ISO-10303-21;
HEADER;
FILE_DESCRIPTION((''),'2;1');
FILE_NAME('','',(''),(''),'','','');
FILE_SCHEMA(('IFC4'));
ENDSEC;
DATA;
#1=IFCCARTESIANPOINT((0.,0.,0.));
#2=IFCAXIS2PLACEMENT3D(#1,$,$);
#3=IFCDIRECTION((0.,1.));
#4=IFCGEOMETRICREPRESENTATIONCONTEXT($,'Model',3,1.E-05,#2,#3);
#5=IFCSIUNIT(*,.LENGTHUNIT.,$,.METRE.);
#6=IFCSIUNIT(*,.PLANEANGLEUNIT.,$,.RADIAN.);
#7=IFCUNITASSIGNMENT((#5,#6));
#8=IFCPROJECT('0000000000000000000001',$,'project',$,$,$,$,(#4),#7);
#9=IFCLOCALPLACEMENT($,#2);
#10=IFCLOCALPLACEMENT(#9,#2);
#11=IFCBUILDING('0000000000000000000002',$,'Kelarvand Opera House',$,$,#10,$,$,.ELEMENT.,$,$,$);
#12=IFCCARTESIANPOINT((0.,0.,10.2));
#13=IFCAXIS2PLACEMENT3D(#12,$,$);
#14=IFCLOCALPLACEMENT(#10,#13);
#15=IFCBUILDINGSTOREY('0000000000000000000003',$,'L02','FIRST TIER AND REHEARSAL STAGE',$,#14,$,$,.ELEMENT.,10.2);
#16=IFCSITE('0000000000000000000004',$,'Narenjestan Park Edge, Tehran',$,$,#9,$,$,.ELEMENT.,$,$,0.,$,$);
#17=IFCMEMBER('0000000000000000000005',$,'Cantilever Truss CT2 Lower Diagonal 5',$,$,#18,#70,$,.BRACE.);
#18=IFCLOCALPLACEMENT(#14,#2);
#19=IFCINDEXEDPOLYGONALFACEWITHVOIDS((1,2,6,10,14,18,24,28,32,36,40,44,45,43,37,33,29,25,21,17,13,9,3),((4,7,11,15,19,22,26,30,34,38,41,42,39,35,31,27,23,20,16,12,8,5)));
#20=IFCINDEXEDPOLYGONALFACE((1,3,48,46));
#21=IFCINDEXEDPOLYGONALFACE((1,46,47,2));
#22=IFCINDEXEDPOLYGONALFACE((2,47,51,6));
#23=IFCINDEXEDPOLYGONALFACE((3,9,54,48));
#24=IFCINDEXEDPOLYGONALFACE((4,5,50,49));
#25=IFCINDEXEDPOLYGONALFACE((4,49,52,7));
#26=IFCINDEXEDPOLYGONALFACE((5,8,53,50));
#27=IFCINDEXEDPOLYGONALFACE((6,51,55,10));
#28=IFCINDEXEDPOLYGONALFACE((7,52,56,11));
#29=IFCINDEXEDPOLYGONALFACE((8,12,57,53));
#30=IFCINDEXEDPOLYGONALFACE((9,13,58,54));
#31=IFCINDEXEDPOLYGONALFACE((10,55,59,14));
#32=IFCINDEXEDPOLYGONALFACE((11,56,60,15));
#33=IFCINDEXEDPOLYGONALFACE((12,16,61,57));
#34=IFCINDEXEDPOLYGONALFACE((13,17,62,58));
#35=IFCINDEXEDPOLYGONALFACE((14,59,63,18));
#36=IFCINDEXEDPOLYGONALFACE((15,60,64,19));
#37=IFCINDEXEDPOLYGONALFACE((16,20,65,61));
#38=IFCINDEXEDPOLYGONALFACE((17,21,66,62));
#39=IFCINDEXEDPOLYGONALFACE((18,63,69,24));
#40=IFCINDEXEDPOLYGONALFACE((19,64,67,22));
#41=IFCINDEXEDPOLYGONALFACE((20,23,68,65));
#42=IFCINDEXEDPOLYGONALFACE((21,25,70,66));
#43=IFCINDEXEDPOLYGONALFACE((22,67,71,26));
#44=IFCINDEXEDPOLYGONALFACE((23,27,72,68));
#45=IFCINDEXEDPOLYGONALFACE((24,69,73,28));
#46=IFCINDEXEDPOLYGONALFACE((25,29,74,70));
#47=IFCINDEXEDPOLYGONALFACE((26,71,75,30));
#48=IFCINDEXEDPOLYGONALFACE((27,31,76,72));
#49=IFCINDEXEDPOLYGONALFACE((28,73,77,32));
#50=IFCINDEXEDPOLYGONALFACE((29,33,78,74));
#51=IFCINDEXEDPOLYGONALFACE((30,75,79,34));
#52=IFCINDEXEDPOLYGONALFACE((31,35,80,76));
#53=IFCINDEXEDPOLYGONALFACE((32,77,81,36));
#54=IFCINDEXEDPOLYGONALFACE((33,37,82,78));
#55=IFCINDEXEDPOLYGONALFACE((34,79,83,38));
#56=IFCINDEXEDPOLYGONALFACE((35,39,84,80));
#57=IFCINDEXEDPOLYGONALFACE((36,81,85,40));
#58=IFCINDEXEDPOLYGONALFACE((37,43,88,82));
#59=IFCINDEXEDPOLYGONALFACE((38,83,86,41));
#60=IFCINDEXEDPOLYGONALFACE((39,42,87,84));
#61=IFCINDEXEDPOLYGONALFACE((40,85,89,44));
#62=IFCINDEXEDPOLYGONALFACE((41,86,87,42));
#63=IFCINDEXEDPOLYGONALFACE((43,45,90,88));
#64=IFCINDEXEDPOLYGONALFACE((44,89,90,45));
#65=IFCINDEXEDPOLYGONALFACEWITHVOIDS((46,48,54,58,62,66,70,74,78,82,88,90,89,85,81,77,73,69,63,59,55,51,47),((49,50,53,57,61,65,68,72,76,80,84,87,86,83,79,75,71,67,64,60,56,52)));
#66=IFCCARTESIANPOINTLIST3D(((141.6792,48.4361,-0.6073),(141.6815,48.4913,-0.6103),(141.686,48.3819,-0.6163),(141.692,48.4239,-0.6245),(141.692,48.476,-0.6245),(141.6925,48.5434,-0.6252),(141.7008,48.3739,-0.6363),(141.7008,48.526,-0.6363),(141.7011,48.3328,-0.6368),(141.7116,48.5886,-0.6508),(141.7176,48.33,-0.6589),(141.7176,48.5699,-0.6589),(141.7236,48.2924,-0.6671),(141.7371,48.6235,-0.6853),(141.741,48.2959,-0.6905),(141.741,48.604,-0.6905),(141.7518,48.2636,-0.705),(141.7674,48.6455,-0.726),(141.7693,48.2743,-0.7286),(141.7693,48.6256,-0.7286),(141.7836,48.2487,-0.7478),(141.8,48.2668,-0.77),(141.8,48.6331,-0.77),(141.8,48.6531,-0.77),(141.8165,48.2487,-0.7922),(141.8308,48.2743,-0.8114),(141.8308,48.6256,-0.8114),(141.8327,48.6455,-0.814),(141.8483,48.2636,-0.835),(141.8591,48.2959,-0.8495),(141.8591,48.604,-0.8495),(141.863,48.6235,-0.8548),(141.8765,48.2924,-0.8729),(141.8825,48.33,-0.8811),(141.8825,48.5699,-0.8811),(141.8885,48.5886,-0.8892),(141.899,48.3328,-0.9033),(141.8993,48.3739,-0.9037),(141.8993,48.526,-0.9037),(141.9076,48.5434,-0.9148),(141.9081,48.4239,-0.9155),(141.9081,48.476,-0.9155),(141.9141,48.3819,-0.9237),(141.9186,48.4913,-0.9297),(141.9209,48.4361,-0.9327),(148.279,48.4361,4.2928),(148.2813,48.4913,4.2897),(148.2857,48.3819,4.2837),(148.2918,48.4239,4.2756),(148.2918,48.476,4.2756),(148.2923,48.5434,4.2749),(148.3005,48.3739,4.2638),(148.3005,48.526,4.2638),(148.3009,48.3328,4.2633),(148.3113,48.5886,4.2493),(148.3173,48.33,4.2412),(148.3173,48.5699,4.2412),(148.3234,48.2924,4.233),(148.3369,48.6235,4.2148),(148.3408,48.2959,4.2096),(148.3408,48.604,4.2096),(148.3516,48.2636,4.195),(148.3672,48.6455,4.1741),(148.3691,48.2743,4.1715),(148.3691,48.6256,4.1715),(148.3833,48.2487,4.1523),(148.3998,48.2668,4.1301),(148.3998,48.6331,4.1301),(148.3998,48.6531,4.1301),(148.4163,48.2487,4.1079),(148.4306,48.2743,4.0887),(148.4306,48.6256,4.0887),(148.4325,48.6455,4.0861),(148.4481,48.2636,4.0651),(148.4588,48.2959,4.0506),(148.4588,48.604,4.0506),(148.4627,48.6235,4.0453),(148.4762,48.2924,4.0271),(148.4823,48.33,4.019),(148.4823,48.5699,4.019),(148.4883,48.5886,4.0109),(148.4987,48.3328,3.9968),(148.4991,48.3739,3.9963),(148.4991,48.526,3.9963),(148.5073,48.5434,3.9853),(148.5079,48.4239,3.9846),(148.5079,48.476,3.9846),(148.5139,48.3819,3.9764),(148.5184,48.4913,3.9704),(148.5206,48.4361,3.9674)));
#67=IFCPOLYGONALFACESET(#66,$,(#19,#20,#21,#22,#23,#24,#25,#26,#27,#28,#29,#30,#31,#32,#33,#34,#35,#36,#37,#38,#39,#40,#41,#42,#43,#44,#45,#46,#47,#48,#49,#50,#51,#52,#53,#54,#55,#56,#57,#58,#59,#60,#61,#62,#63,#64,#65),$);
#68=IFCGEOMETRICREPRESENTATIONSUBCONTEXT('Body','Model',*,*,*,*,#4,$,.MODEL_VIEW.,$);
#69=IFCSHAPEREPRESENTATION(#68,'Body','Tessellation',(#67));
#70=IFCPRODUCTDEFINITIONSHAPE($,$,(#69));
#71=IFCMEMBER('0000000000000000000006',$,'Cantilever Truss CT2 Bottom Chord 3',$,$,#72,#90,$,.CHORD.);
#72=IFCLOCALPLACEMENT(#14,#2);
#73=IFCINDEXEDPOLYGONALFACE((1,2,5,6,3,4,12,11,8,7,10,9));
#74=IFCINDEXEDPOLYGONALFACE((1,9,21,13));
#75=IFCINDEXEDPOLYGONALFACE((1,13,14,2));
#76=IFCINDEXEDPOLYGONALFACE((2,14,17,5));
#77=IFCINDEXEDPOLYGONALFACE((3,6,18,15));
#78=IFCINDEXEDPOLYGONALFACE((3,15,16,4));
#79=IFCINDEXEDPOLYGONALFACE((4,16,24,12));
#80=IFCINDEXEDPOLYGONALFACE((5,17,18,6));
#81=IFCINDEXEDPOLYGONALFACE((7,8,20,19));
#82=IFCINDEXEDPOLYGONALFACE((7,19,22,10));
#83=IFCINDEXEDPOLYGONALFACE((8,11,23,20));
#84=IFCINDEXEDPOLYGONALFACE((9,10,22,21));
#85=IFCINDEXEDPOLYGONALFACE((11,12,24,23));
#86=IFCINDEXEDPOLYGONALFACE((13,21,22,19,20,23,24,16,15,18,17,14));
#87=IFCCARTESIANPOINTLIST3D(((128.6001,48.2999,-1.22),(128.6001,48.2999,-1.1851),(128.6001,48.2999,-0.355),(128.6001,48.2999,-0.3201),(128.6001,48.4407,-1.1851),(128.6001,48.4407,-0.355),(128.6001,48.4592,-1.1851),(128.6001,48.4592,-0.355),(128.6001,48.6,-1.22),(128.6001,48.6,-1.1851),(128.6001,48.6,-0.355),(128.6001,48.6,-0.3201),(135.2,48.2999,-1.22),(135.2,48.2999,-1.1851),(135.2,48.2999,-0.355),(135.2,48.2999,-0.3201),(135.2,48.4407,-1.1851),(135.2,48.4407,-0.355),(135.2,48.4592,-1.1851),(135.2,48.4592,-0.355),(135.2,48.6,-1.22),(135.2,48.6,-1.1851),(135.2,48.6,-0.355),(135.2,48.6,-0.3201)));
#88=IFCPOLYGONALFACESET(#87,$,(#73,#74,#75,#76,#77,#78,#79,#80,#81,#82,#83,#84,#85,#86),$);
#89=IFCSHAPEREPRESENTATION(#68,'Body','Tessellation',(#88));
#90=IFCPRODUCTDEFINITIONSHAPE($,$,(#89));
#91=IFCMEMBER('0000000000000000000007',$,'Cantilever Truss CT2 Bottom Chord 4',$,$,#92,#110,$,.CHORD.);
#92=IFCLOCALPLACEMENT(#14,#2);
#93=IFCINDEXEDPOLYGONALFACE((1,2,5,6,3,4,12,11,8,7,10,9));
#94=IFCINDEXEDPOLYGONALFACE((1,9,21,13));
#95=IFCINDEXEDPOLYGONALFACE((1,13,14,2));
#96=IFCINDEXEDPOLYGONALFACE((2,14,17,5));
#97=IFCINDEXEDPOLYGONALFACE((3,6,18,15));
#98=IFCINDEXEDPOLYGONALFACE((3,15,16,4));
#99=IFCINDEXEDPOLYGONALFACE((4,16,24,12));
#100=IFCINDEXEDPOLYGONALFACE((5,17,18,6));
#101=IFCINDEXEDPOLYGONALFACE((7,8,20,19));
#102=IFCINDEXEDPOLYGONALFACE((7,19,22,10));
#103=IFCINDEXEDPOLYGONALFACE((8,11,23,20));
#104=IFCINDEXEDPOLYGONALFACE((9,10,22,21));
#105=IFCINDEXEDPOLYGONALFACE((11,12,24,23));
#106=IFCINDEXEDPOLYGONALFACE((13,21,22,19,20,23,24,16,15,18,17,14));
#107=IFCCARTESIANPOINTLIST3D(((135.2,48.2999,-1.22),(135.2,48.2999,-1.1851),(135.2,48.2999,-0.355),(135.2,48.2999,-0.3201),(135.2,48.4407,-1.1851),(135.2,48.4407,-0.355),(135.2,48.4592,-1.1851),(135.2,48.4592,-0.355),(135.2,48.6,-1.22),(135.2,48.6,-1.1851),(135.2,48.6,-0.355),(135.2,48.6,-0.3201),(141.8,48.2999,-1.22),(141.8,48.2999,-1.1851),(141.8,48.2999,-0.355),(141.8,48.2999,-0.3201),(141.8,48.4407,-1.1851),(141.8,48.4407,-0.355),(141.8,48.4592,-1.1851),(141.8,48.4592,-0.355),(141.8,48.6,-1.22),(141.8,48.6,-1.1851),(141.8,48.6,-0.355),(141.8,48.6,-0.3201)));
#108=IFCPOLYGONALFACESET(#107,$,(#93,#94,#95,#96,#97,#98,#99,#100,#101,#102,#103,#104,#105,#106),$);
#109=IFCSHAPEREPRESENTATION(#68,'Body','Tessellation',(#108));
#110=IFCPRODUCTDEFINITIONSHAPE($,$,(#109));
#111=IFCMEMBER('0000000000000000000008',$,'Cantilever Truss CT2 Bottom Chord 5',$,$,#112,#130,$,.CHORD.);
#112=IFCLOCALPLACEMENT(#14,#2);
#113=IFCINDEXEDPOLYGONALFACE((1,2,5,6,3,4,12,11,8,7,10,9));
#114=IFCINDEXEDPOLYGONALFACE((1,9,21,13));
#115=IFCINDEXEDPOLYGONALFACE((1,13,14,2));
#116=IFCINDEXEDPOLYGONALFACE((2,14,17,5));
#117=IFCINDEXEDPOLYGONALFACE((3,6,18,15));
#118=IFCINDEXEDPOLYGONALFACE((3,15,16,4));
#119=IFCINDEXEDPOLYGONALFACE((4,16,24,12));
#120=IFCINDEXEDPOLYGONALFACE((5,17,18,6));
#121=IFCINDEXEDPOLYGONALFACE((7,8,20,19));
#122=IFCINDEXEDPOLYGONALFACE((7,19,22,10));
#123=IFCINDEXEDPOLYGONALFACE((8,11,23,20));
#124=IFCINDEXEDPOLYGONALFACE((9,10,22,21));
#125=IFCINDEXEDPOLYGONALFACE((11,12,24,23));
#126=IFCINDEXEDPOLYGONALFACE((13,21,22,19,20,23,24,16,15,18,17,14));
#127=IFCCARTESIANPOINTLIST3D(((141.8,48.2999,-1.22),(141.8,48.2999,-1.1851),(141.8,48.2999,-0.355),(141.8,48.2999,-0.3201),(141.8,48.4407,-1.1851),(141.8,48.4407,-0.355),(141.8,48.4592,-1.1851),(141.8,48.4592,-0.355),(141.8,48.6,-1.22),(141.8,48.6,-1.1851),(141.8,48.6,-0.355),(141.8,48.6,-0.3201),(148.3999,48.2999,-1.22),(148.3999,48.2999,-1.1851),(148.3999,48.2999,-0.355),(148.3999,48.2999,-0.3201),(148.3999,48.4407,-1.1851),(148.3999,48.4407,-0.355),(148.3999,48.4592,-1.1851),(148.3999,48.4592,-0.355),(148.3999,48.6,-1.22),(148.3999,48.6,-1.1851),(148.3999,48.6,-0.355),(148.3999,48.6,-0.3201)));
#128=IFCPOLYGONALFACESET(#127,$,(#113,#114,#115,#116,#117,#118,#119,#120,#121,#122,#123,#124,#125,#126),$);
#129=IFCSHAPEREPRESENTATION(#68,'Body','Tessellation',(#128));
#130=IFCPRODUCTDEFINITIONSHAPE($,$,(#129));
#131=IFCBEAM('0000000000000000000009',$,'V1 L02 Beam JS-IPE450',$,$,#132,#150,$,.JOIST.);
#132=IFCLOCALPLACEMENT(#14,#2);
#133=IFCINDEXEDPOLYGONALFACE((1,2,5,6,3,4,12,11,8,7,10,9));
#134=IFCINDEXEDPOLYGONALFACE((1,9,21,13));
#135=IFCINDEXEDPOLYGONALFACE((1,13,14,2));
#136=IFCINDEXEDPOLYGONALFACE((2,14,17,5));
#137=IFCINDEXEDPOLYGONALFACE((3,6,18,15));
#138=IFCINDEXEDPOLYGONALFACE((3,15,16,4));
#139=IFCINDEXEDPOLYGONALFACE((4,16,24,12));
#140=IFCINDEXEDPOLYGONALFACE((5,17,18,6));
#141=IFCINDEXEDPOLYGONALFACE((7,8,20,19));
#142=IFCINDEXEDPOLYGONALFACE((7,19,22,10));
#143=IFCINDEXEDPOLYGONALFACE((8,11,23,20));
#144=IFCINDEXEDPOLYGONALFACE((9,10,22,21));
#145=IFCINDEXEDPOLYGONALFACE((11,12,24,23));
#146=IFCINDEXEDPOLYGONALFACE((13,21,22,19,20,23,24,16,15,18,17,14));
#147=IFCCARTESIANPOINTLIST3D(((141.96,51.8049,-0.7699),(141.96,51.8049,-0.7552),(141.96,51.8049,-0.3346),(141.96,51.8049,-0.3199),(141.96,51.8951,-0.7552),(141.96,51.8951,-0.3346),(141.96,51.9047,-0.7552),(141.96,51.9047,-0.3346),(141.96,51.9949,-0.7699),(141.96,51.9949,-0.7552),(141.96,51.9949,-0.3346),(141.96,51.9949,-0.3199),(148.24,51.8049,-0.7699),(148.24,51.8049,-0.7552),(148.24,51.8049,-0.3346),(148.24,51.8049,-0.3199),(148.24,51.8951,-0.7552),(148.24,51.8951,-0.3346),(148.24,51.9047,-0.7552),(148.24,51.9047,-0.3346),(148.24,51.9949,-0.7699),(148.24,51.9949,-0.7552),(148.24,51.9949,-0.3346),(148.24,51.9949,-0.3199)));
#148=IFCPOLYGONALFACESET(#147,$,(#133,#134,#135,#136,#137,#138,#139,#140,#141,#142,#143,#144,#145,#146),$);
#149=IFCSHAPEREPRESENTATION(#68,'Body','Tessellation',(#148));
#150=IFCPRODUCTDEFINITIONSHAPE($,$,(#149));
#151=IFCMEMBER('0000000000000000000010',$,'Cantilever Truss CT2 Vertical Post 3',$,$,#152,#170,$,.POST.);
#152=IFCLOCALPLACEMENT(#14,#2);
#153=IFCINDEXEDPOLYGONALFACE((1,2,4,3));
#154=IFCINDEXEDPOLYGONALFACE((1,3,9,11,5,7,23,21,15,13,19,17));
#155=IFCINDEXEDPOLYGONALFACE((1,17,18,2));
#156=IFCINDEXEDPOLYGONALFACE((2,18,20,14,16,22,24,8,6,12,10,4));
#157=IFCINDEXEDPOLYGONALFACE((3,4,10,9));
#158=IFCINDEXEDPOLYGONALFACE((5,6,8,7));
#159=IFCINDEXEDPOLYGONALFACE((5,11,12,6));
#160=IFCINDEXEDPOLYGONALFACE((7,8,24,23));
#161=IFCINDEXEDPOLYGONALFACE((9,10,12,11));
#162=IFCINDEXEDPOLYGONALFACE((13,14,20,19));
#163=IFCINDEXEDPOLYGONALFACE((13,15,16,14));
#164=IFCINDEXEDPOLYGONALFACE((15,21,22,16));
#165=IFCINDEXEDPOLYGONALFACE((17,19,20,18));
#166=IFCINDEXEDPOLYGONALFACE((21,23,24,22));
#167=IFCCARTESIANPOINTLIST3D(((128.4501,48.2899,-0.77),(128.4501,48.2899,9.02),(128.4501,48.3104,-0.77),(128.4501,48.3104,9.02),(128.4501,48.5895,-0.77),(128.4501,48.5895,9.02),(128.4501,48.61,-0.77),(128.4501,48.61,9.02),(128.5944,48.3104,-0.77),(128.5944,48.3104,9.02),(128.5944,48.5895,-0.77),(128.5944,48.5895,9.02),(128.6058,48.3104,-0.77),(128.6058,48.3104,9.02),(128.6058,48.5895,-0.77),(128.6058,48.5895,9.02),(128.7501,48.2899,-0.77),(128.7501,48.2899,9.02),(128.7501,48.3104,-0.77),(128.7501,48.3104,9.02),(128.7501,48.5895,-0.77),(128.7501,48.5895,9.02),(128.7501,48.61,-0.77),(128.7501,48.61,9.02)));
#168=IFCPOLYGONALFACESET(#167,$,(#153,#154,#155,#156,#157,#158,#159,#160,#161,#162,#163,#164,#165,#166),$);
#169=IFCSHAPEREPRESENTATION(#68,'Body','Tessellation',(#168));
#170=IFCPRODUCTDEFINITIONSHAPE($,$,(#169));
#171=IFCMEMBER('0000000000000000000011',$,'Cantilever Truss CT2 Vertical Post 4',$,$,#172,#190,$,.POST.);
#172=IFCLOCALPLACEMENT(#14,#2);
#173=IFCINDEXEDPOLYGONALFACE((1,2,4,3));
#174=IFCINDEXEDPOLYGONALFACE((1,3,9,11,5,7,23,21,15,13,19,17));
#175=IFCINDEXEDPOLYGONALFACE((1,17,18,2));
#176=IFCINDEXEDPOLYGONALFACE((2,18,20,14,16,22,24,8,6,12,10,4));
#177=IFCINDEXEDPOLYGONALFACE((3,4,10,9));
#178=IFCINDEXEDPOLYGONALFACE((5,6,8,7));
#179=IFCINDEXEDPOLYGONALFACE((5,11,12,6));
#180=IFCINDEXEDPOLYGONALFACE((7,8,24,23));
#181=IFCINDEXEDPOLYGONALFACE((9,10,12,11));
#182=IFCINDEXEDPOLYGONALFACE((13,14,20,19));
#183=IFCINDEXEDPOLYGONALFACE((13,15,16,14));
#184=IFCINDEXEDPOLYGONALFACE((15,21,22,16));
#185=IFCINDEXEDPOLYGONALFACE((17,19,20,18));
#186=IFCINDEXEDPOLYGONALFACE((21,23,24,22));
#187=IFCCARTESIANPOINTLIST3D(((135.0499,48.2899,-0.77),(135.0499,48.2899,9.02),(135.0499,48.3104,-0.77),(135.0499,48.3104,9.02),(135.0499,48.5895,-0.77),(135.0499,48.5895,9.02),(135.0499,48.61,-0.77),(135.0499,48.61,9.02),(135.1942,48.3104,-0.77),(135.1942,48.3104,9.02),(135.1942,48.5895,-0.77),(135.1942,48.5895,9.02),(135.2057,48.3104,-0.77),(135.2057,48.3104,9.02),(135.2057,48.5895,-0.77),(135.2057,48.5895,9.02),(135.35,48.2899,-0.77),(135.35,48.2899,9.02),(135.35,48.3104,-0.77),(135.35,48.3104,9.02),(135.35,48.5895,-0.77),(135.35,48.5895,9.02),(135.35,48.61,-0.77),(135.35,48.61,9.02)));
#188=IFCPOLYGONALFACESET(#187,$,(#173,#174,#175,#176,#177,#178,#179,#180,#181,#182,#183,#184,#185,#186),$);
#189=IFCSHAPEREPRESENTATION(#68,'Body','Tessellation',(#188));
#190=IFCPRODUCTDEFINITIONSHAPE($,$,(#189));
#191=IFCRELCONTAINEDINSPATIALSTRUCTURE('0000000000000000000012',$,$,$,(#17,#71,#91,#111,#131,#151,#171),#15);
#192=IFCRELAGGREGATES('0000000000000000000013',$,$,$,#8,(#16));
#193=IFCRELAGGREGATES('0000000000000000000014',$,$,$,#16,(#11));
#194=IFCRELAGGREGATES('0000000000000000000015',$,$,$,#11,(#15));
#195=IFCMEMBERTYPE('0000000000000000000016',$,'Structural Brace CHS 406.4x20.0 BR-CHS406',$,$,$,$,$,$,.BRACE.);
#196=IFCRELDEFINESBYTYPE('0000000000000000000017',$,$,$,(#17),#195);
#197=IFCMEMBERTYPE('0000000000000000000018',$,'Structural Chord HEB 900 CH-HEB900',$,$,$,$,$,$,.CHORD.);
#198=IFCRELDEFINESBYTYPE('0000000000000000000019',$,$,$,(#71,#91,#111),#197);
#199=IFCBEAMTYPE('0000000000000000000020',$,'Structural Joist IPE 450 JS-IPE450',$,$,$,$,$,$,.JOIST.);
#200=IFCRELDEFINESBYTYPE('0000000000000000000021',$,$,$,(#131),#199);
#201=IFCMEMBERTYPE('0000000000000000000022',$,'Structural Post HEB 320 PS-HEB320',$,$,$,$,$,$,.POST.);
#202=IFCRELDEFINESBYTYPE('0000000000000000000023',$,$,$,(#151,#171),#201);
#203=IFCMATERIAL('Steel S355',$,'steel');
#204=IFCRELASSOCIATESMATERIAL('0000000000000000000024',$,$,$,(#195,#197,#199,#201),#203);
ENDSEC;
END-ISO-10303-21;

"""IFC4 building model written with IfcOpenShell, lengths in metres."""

from ifc_helpers import new_model, si_unit, direction, frame, origin, origin_2d, place, context, subcontext, project, spatial, hollow_circle, i_section, extrude, material, material_profile, profile_set, type_object, element, save


model = new_model("IFC4")

# Units and contexts
model_context = context("Model", 3, precision=1e-05, world=origin(), true_north=direction((0.0, 1.0)))
body_context = subcontext(model_context, "Body", "Model", "MODEL_VIEW")
ifc_project = project(units=[si_unit("LENGTHUNIT", "METRE"), si_unit("PLANEANGLEUNIT", "RADIAN")], contexts=[model_context])

# Site, building, storey
site_placement = place(None, origin())
site = spatial("IfcSite", under=ifc_project, at=site_placement, Name="Narenjestan Park Edge, Tehran", CompositionType="ELEMENT", RefElevation=0.0)
building_placement = place(site_placement, origin())
building = spatial("IfcBuilding", under=site, at=building_placement, Name="Kelarvand Opera House", CompositionType="ELEMENT")
storey_placement = place(building_placement, frame((0.0, 0.0, 10.2)))
storey = spatial("IfcBuildingStorey", under=building, at=storey_placement, Name="L02", Description="FIRST TIER AND REHEARSAL STAGE", CompositionType="ELEMENT", Elevation=10.2)

# Members
ifc_material_1 = material(Name="Steel S355", Category="steel")
ifc_material_profile_1 = material_profile(ifc_material_1, hollow_circle(Radius=0.2031, WallThickness=0.02, at=origin_2d()), Name="CHS 406.4x20.0", Category="steel")
ifc_profile_set_1 = profile_set([ifc_material_profile_1], Name="Steel S355")
member_type_1 = type_object("IfcMemberType", Name="Structural Brace CHS 406.4x20.0 BR-CHS406", PredefinedType="BRACE", material=ifc_profile_set_1)
member_1_placement = place(storey_placement, frame((141.8, 48.45, -0.77), z_axis=(0.802895, 0.0, 0.59612), x_axis=(0.0, 1.0, 0.0)))
element("IfcMember", 1, at=member_1_placement, inside=storey, type_object=member_type_1, Name="Cantilever Truss CT2 Lower Diagonal 5", PredefinedType="BRACE", context=body_context, shape_type="SweptSolid", body=[
    extrude(hollow_circle(Radius=0.2031, WallThickness=0.02, at=origin_2d()), origin(), (0.0, 0.0, 1.0), 8.22),
])
ifc_material_profile_2 = material_profile(ifc_material_1, i_section(OverallWidth=0.3, OverallDepth=0.8999, WebThickness=0.0186, FlangeThickness=0.0349, at=origin_2d()), Name="HEB 900", Category="steel")
ifc_profile_set_2 = profile_set([ifc_material_profile_2], Name="Steel S355")
member_type_2 = type_object("IfcMemberType", Name="Structural Chord HEB 900 CH-HEB900", PredefinedType="CHORD", material=ifc_profile_set_2)
member_2_placement = place(storey_placement, frame((128.6001, 48.45, -0.77), z_axis=(1.0, 0.0, 0.0), x_axis=(0.0, 1.0, 0.0)))
element("IfcMember", 2, at=member_2_placement, inside=storey, type_object=member_type_2, Name="Cantilever Truss CT2 Bottom Chord 3", PredefinedType="CHORD", context=body_context, shape_type="SweptSolid", body=[
    extrude(i_section(OverallWidth=0.3, OverallDepth=0.8999, WebThickness=0.0186, FlangeThickness=0.0349, at=origin_2d()), origin(), (0.0, 0.0, 1.0), 6.5999),
])
member_3_placement = place(storey_placement, frame((135.2, 48.45, -0.77), z_axis=(1.0, 0.0, 0.0), x_axis=(0.0, 1.0, 0.0)))
element("IfcMember", 3, at=member_3_placement, inside=storey, type_object=member_type_2, Name="Cantilever Truss CT2 Bottom Chord 4", PredefinedType="CHORD", context=body_context, shape_type="SweptSolid", body=[
    extrude(i_section(OverallWidth=0.3, OverallDepth=0.8999, WebThickness=0.0186, FlangeThickness=0.0349, at=origin_2d()), origin(), (0.0, 0.0, 1.0), 6.6001),
])
member_4_placement = place(storey_placement, frame((141.8, 48.45, -0.77), z_axis=(1.0, 0.0, 0.0), x_axis=(0.0, 1.0, 0.0)))
element("IfcMember", 4, at=member_4_placement, inside=storey, type_object=member_type_2, Name="Cantilever Truss CT2 Bottom Chord 5", PredefinedType="CHORD", context=body_context, shape_type="SweptSolid", body=[
    extrude(i_section(OverallWidth=0.3, OverallDepth=0.8999, WebThickness=0.0186, FlangeThickness=0.0349, at=origin_2d()), origin(), (0.0, 0.0, 1.0), 6.5999),
])

# Beam
ifc_material_profile_3 = material_profile(ifc_material_1, i_section(OverallWidth=0.1899, OverallDepth=0.45, WebThickness=0.0095, FlangeThickness=0.0146, at=origin_2d()), Name="IPE 450", Category="steel")
ifc_profile_set_3 = profile_set([ifc_material_profile_3], Name="Steel S355")
beam_type_1 = type_object("IfcBeamType", Name="Structural Joist IPE 450 JS-IPE450", PredefinedType="JOIST", material=ifc_profile_set_3)
beam_placement = place(storey_placement, frame((141.96, 51.8999, -0.5449), z_axis=(1.0, 0.0, 0.0), x_axis=(0.0, 1.0, 0.0)))
element("IfcBeam", 5, at=beam_placement, inside=storey, type_object=beam_type_1, Name="V1 L02 Beam JS-IPE450", PredefinedType="JOIST", context=body_context, shape_type="SweptSolid", body=[
    extrude(i_section(OverallWidth=0.1899, OverallDepth=0.45, WebThickness=0.0095, FlangeThickness=0.0146, at=origin_2d()), origin(), (0.0, 0.0, 1.0), 6.28),
])

# Members
ifc_material_profile_4 = material_profile(ifc_material_1, i_section(OverallWidth=0.3, OverallDepth=0.3201, WebThickness=0.0115, FlangeThickness=0.0205, at=origin_2d()), Name="HEB 320", Category="steel")
ifc_profile_set_4 = profile_set([ifc_material_profile_4], Name="Steel S355")
member_type_3 = type_object("IfcMemberType", Name="Structural Post HEB 320 PS-HEB320", PredefinedType="POST", material=ifc_profile_set_4)
for number, where, z_axis, x_axis, name in (
    (6, (128.6001, 48.45, -0.77), (0.0, 0.0, 1.0), (1.0, 0.0, 0.0), "Cantilever Truss CT2 Vertical Post 3"),
    (7, (135.2, 48.45, -0.77), (0.0, 0.0, 1.0), (1.0, 0.0, 0.0), "Cantilever Truss CT2 Vertical Post 4"),
):
    element("IfcMember", number, at=place(storey_placement, frame(where, z_axis=z_axis, x_axis=x_axis)), inside=storey, type_object=member_type_3, Name=name, PredefinedType="POST", context=body_context, shape_type="SweptSolid", body=[
        extrude(i_section(OverallWidth=0.3, OverallDepth=0.3201, WebThickness=0.0115, FlangeThickness=0.0205, at=origin_2d()), origin(), (0.0, 0.0, 1.0), 9.79),
    ])

save(model, "model.ifc")
